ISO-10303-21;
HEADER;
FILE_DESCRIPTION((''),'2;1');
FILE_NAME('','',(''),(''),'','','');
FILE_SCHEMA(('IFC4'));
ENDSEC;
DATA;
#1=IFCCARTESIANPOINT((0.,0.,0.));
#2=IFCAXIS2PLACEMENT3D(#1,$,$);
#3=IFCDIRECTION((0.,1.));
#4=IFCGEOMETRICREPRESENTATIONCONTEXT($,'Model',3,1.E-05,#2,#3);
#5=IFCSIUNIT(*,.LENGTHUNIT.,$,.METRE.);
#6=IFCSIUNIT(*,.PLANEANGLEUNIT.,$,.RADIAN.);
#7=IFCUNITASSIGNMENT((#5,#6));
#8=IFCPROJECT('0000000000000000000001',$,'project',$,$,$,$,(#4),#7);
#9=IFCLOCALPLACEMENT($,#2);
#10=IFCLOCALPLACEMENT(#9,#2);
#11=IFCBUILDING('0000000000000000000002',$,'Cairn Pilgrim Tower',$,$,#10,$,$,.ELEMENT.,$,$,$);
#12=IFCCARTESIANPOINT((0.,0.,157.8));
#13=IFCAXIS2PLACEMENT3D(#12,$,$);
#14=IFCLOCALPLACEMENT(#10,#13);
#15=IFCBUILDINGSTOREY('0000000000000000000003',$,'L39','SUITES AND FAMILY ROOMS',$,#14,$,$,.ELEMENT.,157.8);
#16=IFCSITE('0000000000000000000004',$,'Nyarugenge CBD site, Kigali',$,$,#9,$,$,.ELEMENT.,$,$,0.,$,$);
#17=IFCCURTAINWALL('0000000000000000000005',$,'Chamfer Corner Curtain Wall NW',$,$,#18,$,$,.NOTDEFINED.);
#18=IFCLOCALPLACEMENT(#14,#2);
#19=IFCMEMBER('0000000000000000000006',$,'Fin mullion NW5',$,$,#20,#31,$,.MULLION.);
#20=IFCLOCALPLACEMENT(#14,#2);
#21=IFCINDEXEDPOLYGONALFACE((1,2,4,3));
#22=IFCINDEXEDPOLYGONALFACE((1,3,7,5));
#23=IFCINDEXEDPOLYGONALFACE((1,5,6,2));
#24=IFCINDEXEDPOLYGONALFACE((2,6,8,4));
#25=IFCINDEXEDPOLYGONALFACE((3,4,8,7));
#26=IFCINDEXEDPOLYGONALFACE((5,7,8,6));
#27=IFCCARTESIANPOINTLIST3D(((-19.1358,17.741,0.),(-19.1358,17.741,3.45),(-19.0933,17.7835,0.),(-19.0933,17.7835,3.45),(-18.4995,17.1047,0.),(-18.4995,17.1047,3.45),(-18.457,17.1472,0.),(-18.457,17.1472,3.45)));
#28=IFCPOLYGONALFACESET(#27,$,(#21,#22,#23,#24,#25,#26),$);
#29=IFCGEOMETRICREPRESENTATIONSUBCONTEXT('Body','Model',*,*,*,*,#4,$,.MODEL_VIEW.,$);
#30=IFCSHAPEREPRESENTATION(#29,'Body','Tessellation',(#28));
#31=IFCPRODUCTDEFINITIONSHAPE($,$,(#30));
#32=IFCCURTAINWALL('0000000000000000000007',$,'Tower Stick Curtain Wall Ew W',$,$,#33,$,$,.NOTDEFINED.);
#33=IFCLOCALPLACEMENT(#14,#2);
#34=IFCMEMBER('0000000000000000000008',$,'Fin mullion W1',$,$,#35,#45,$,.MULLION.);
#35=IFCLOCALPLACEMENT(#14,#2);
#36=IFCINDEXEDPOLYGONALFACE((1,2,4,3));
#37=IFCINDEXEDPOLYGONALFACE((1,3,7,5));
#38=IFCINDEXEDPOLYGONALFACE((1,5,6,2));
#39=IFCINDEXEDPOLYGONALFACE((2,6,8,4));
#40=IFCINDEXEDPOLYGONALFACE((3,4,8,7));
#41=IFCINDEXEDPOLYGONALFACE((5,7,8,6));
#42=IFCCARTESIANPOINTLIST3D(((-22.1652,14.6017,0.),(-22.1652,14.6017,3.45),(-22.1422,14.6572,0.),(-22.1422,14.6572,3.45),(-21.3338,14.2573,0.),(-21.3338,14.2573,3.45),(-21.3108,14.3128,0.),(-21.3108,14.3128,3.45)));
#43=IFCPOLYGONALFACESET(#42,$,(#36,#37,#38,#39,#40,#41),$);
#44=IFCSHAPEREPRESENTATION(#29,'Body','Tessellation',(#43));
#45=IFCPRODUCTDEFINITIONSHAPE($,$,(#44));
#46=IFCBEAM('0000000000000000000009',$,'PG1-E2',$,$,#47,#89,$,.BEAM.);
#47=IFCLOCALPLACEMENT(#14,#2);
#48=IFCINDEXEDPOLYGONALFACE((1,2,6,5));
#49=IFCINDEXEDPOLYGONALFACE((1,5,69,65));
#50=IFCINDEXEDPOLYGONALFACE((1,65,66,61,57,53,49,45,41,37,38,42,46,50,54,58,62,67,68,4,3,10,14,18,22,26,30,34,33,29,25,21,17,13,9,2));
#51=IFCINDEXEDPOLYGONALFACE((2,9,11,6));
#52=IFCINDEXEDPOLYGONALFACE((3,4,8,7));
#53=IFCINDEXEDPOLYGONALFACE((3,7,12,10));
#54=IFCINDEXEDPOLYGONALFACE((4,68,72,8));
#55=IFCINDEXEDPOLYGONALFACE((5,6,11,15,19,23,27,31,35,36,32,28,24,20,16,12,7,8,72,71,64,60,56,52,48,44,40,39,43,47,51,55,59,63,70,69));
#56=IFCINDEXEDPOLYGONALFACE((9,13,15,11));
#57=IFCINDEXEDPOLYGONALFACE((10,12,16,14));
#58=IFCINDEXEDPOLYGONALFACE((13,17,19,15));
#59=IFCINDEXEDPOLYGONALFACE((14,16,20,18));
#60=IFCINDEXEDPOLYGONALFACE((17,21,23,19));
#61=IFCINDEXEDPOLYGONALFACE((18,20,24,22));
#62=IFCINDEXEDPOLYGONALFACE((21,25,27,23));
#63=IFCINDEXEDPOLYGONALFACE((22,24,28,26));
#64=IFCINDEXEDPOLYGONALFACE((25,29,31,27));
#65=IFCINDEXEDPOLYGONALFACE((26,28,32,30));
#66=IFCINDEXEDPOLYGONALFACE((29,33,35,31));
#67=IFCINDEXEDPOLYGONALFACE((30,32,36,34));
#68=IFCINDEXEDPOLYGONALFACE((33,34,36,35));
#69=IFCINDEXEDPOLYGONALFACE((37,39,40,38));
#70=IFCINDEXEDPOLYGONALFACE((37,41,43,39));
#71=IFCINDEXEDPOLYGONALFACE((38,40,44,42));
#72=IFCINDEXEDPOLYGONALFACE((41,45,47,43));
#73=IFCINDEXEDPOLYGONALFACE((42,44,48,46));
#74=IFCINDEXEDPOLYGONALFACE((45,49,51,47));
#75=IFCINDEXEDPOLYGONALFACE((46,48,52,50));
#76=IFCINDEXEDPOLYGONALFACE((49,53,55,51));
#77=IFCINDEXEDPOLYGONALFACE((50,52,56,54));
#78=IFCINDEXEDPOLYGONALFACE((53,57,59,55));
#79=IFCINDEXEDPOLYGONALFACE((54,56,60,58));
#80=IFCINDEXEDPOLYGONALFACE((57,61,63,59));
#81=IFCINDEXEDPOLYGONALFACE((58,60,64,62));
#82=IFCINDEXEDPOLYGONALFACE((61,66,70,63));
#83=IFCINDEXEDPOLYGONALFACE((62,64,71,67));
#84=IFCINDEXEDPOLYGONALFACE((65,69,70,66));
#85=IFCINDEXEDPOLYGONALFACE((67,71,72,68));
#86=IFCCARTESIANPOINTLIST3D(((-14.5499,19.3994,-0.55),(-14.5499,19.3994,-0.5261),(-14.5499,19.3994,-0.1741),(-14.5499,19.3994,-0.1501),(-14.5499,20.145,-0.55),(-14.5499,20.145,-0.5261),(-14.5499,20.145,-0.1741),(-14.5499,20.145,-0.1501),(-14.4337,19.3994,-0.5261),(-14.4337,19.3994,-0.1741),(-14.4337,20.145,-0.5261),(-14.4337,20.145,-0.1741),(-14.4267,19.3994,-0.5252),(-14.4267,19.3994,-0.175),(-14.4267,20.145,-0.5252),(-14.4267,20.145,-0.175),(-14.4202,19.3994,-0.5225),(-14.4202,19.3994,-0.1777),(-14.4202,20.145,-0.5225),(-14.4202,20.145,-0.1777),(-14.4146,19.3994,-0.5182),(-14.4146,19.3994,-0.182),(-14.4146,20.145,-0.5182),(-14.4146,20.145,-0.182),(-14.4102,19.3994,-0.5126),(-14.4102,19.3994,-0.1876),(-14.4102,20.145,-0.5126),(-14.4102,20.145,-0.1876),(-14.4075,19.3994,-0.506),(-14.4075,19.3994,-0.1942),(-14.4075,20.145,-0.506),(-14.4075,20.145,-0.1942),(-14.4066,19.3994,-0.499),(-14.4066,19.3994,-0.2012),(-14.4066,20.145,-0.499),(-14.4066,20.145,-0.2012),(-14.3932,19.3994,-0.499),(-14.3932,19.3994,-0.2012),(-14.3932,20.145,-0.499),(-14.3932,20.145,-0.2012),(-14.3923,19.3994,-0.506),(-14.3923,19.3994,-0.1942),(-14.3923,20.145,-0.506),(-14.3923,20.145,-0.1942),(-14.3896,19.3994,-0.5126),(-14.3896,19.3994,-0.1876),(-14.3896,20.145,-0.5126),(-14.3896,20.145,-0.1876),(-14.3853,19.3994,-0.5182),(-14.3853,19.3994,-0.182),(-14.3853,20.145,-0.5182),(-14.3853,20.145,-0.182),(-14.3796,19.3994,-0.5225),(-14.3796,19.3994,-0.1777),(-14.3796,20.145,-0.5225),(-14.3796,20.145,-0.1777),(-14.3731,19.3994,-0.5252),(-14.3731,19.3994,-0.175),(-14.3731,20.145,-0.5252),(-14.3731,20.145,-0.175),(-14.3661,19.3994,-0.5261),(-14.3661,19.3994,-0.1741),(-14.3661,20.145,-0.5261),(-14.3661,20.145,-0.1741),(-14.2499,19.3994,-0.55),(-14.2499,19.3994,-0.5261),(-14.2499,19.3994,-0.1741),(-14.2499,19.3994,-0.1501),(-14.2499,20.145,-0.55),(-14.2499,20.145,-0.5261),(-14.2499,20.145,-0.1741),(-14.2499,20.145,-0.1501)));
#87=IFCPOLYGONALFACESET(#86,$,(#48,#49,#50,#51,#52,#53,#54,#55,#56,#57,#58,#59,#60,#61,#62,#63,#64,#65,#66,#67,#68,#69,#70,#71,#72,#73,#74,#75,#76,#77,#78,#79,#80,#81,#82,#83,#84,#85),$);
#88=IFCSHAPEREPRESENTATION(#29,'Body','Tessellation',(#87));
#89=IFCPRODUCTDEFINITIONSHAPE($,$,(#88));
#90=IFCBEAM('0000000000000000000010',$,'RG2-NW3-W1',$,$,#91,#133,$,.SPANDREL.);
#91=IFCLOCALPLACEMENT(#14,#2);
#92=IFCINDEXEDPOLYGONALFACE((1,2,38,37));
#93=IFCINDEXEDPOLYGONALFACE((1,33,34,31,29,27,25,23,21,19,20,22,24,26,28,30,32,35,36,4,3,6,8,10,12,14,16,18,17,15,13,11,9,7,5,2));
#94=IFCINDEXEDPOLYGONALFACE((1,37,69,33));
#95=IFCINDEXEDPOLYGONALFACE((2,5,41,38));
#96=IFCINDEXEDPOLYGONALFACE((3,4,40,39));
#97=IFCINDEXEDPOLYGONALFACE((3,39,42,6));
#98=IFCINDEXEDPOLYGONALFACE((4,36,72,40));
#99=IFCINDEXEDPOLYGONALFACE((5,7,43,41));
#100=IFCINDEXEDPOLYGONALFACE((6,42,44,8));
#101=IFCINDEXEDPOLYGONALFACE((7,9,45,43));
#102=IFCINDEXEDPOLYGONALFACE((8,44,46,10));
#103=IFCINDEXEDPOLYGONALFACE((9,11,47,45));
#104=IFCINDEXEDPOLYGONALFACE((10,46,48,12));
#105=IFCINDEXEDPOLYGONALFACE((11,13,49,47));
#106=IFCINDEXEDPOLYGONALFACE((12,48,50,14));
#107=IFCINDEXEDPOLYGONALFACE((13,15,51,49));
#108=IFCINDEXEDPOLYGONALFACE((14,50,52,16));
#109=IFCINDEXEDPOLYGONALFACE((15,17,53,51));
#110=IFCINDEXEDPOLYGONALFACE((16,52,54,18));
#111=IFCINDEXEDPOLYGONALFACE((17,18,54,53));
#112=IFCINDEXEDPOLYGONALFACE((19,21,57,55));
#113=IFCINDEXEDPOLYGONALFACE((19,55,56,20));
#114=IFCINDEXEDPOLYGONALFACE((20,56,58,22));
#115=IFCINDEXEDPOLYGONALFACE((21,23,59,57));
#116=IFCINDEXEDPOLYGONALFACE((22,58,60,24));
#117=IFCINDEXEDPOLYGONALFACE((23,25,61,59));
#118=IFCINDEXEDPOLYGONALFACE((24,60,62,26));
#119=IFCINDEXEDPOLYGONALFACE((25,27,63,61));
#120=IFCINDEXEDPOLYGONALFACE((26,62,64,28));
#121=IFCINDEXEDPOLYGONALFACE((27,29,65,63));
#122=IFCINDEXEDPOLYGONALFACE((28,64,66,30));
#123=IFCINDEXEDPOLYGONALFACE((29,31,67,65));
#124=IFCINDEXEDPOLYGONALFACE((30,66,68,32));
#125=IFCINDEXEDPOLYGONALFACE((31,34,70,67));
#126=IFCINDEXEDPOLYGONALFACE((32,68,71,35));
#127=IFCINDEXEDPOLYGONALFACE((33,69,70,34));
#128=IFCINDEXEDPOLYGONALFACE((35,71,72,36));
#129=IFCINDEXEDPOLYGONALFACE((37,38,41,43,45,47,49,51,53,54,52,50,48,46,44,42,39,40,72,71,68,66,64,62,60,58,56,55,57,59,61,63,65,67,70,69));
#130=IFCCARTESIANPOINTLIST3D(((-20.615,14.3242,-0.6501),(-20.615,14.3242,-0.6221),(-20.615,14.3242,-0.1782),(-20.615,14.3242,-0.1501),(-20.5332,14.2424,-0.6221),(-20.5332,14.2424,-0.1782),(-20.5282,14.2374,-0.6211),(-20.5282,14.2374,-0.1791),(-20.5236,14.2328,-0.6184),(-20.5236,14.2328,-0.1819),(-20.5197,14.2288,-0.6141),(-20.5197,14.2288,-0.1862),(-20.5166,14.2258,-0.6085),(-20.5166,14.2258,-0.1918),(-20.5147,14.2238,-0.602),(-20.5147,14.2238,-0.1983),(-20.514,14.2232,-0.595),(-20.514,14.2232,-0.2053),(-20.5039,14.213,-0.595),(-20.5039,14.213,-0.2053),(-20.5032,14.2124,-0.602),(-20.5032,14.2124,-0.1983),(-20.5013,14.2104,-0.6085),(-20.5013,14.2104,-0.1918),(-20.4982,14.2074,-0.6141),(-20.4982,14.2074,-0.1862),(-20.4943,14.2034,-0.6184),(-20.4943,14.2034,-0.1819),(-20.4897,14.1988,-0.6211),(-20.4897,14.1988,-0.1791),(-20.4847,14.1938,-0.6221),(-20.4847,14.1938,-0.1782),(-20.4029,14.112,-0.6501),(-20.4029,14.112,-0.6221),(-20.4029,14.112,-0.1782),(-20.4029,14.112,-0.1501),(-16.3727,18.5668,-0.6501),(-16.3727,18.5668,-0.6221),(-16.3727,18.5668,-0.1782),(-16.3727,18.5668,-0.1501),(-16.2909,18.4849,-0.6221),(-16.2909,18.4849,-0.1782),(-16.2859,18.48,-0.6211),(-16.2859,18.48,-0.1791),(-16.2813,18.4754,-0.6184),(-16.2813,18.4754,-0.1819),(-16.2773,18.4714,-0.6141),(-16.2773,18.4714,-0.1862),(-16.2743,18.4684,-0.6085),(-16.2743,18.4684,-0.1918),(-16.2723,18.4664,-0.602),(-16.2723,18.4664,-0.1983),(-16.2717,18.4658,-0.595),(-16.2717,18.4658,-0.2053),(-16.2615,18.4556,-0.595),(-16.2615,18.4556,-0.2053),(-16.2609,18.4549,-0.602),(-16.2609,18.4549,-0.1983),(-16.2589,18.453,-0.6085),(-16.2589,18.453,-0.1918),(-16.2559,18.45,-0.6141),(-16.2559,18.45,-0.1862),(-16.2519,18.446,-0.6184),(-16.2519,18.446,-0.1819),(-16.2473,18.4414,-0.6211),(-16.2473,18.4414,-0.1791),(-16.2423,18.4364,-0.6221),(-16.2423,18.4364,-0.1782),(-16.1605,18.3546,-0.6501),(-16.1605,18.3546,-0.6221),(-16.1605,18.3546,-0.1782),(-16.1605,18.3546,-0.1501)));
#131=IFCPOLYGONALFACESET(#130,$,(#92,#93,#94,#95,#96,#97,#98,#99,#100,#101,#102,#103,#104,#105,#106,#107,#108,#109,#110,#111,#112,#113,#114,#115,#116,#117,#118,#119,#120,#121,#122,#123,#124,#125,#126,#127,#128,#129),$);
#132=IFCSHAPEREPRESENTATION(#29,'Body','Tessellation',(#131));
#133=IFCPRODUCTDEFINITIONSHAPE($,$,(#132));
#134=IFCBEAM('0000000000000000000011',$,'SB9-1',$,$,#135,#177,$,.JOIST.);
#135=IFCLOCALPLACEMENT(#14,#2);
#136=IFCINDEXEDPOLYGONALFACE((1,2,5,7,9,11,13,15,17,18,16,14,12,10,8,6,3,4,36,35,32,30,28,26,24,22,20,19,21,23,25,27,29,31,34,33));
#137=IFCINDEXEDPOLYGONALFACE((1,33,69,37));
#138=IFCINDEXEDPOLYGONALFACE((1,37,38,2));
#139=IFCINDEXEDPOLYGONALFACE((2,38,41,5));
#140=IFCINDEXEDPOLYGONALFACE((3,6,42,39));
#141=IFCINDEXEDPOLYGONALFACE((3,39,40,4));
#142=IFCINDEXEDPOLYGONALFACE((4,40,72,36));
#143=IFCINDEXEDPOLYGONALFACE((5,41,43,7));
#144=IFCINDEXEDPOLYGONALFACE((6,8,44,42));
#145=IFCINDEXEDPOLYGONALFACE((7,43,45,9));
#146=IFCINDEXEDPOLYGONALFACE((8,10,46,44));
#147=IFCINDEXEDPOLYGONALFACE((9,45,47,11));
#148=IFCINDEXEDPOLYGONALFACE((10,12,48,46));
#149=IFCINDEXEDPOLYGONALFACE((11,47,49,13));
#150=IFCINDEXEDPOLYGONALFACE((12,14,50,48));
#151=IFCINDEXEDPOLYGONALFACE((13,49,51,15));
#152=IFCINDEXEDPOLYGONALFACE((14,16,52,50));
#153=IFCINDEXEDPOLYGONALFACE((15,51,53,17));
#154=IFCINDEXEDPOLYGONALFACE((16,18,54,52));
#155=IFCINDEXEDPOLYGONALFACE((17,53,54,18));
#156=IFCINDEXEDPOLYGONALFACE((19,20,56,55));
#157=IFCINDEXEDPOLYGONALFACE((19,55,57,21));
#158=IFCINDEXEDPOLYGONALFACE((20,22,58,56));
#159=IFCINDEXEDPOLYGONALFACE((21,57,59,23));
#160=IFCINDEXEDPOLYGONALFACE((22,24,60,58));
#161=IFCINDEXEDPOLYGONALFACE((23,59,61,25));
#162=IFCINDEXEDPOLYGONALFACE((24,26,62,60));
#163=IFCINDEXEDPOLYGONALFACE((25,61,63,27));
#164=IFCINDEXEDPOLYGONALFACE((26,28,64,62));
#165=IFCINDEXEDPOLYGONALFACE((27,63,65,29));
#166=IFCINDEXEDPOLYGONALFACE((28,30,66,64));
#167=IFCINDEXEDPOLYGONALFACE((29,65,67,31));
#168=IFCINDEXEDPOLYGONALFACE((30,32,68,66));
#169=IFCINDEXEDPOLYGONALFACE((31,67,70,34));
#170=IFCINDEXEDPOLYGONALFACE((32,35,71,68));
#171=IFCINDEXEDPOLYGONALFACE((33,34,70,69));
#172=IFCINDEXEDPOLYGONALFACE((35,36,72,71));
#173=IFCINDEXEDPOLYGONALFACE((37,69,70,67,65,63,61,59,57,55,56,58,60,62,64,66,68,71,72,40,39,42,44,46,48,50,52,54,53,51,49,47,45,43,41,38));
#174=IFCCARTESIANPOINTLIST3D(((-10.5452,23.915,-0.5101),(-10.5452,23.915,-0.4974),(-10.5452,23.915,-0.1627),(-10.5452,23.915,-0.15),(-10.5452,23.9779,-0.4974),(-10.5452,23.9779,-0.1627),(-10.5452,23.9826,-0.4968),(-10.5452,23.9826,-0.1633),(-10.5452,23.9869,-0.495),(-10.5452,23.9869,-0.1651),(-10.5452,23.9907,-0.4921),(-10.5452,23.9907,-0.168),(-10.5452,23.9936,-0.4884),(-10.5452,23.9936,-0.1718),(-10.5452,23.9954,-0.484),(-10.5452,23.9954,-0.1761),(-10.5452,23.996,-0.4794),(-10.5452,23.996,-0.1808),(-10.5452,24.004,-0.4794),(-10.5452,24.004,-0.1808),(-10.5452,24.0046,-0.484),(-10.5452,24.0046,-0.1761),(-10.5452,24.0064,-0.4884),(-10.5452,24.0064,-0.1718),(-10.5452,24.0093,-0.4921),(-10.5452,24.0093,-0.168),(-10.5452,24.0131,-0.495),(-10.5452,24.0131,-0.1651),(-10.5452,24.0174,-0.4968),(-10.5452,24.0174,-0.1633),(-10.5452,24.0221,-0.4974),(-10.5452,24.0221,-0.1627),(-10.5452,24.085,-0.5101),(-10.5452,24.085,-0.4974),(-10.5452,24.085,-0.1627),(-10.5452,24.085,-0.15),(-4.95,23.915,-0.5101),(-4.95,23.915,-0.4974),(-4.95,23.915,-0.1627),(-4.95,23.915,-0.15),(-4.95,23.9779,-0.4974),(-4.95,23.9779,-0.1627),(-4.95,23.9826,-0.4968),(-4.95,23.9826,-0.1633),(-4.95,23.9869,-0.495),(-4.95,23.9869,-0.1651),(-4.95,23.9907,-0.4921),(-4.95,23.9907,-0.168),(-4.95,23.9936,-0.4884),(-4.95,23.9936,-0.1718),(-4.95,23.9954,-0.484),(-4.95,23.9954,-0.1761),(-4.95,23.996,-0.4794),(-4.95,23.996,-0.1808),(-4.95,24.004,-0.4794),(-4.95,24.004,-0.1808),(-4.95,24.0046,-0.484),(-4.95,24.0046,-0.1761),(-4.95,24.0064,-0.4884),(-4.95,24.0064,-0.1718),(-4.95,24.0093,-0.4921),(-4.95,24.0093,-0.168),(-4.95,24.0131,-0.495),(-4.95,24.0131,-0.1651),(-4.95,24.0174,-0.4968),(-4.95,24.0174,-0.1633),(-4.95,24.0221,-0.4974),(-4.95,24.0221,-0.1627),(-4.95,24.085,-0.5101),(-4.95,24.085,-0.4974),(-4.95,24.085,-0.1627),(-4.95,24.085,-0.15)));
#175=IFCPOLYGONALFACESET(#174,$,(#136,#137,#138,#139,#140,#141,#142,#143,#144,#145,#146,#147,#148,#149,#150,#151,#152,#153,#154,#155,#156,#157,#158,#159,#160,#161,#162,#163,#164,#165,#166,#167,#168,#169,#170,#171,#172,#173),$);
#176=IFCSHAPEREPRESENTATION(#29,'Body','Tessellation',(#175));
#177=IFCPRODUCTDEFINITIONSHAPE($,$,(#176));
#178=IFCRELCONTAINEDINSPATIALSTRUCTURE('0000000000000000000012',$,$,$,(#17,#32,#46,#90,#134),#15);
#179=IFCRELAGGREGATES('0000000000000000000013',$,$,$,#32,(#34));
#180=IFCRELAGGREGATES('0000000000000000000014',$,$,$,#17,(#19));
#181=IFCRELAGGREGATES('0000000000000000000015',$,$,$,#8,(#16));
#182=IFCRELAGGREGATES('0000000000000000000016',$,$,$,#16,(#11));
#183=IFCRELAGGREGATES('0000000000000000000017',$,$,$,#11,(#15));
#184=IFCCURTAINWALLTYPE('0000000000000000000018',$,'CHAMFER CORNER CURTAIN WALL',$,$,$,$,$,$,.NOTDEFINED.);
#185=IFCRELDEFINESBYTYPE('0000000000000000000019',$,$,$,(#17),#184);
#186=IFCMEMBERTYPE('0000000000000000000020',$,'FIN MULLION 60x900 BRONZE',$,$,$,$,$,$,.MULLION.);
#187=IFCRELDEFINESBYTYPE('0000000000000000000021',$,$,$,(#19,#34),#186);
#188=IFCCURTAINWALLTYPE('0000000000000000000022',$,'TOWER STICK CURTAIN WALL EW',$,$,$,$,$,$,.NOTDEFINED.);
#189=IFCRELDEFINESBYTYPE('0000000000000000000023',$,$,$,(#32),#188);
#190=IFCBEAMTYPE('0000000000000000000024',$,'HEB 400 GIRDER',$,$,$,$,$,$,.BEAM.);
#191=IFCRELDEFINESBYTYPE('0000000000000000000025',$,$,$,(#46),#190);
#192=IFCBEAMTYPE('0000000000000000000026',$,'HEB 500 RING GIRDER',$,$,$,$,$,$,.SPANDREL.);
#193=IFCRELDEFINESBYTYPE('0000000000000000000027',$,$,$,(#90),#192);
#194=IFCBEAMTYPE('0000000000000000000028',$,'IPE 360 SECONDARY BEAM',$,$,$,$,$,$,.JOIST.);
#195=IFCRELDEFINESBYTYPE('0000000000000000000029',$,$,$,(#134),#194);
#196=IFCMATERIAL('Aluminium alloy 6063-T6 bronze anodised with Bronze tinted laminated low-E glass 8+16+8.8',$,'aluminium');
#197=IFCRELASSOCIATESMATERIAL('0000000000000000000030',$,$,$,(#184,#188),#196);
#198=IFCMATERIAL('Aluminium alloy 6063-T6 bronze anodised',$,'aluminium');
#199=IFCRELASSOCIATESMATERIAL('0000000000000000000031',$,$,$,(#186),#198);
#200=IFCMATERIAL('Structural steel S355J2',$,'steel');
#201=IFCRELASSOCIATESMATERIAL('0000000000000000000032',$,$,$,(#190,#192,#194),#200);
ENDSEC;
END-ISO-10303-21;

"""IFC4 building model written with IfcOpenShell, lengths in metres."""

from ifc_helpers import new_model, si_unit, direction, frame, origin, origin_2d, place, context, subcontext, project, spatial, rectangle, i_section, extrude, material, material_profile, profile_set, type_object, element, aggregate, save


model = new_model("IFC4")

# Units and contexts
model_context = context("Model", 3, precision=1e-05, world=origin(), true_north=direction((0.0, 1.0)))
body_context = subcontext(model_context, "Body", "Model", "MODEL_VIEW")
ifc_project = project(units=[si_unit("LENGTHUNIT", "METRE"), si_unit("PLANEANGLEUNIT", "RADIAN")], contexts=[model_context])

# Site, building, storey
site_placement = place(None, origin())
site = spatial("IfcSite", under=ifc_project, at=site_placement, Name="Nyarugenge CBD site, Kigali", CompositionType="ELEMENT", RefElevation=0.0)
building_placement = place(site_placement, origin())
building = spatial("IfcBuilding", under=site, at=building_placement, Name="Cairn Pilgrim Tower", CompositionType="ELEMENT")
storey_placement = place(building_placement, frame((0.0, 0.0, 157.8)))
storey = spatial("IfcBuildingStorey", under=building, at=storey_placement, Name="L39", Description="SUITES AND FAMILY ROOMS", CompositionType="ELEMENT", Elevation=157.8)

# Shared definitions
ifc_material_1 = material(Name="Structural steel S355J2", Category="steel")

# Curtain wall, member
ifc_material_2 = material(Name="Aluminium alloy 6063-T6 bronze anodised with Bronze tinted laminated low-E glass 8+16+8.8", Category="aluminium")
curtain_wall_type_1 = type_object("IfcCurtainWallType", Name="CHAMFER CORNER CURTAIN WALL", PredefinedType="NOTDEFINED", material=ifc_material_2)
curtain_wall_1_placement = place(storey_placement, origin())
curtain_wall_1 = element("IfcCurtainWall", 1, at=curtain_wall_1_placement, inside=storey, type_object=curtain_wall_type_1, Name="Chamfer Corner Curtain Wall NW", PredefinedType="NOTDEFINED")
ifc_material_3 = material(Name="Aluminium alloy 6063-T6 bronze anodised", Category="aluminium")
ifc_material_profile_1 = material_profile(ifc_material_3, rectangle(XDim=0.8999, YDim=0.0601, at=origin_2d()), Name="FIN MULLION 60x900 BRONZE")
ifc_profile_set_1 = profile_set([ifc_material_profile_1], Name="Aluminium alloy 6063-T6 bronze anodised")
member_type_1 = type_object("IfcMemberType", Name="FIN MULLION 60x900 BRONZE", PredefinedType="MULLION", material=ifc_profile_set_1)
member_1_placement = place(storey_placement, frame((-18.7964, 17.4441, 0.0), z_axis=(0.0, 0.0, 1.0), x_axis=(-0.707107, 0.707107, 0.0)))
member_1 = element("IfcMember", 2, at=member_1_placement, type_object=member_type_1, Name="Fin mullion NW5", PredefinedType="MULLION", context=body_context, shape_type="SweptSolid", body=[
    extrude(rectangle(XDim=0.8999, YDim=0.0601, at=origin_2d()), origin(), (0.0, 0.0, 1.0), 3.45),
])

# Curtain wall, member
curtain_wall_type_2 = type_object("IfcCurtainWallType", Name="TOWER STICK CURTAIN WALL EW", PredefinedType="NOTDEFINED", material=ifc_material_2)
curtain_wall_2_placement = place(storey_placement, origin())
curtain_wall_2 = element("IfcCurtainWall", 3, at=curtain_wall_2_placement, inside=storey, type_object=curtain_wall_type_2, Name="Tower Stick Curtain Wall Ew W", PredefinedType="NOTDEFINED")
member_2_placement = place(storey_placement, frame((-21.738, 14.4573, 0.0), z_axis=(0.0, 0.0, 1.0), x_axis=(-0.92388, 0.382683, 0.0)))
member_2 = element("IfcMember", 4, at=member_2_placement, type_object=member_type_1, Name="Fin mullion W1", PredefinedType="MULLION", context=body_context, shape_type="SweptSolid", body=[
    extrude(rectangle(XDim=0.8999, YDim=0.0601, at=origin_2d()), origin(), (0.0, 0.0, 1.0), 3.45),
])
aggregate(curtain_wall_2, [member_2])

# Beams
ifc_material_profile_2 = material_profile(ifc_material_1, i_section(OverallWidth=0.3, OverallDepth=0.3999, WebThickness=0.0134, FlangeThickness=0.0239, FilletRadius=0.0271, at=origin_2d()), Name="HEB 400")
ifc_profile_set_2 = profile_set([ifc_material_profile_2], Name="Structural steel S355J2")
beam_type_1 = type_object("IfcBeamType", Name="HEB 400 GIRDER", PredefinedType="BEAM", material=ifc_profile_set_2)
beam_1_placement = place(storey_placement, frame((-14.3999, 19.3994, -0.3501), z_axis=(0.0, 1.0, 0.0), x_axis=(-1.0, 0.0, 0.0)))
element("IfcBeam", 5, at=beam_1_placement, inside=storey, type_object=beam_type_1, Name="PG1-E2", PredefinedType="BEAM", context=body_context, shape_type="SweptSolid", body=[
    extrude(i_section(OverallWidth=0.3, OverallDepth=0.3999, WebThickness=0.0134, FlangeThickness=0.0239, FilletRadius=0.0271, at=origin_2d()), origin(), (0.0, 0.0, 1.0), 0.7456),
])
ifc_material_profile_3 = material_profile(ifc_material_1, i_section(OverallWidth=0.3, OverallDepth=0.5, WebThickness=0.0144, FlangeThickness=0.0281, FilletRadius=0.0271, at=origin_2d()), Name="HEB 500")
ifc_profile_set_3 = profile_set([ifc_material_profile_3], Name="Structural steel S355J2")
beam_type_2 = type_object("IfcBeamType", Name="HEB 500 RING GIRDER", PredefinedType="SPANDREL", material=ifc_profile_set_3)
beam_2_placement = place(storey_placement, frame((-16.2666, 18.4607, -0.4001), z_axis=(-0.707086, -0.707127, 0.0), x_axis=(0.707127, -0.707086, 0.0)))
element("IfcBeam", 6, at=beam_2_placement, inside=storey, type_object=beam_type_2, Name="RG2-NW3-W1", PredefinedType="SPANDREL", context=body_context, shape_type="SweptSolid", body=[
    extrude(i_section(OverallWidth=0.3, OverallDepth=0.5, WebThickness=0.0144, FlangeThickness=0.0281, FilletRadius=0.0271, at=origin_2d()), origin(), (0.0, 0.0, 1.0), 5.9998),
])
ifc_material_profile_4 = material_profile(ifc_material_1, i_section(OverallWidth=0.1699, OverallDepth=0.3601, WebThickness=0.0081, FlangeThickness=0.0127, FilletRadius=0.0181, at=origin_2d()), Name="IPE 360")
ifc_profile_set_4 = profile_set([ifc_material_profile_4], Name="Structural steel S355J2")
beam_type_3 = type_object("IfcBeamType", Name="IPE 360 SECONDARY BEAM", PredefinedType="JOIST", material=ifc_profile_set_4)
beam_3_placement = place(storey_placement, frame((-10.5452, 24.0, -0.3301), z_axis=(1.0, 0.0, 0.0), x_axis=(0.0, 1.0, 0.0)))
element("IfcBeam", 7, at=beam_3_placement, inside=storey, type_object=beam_type_3, Name="SB9-1", PredefinedType="JOIST", context=body_context, shape_type="SweptSolid", body=[
    extrude(i_section(OverallWidth=0.1699, OverallDepth=0.3601, WebThickness=0.0081, FlangeThickness=0.0127, FilletRadius=0.0181, at=origin_2d()), origin(), (0.0, 0.0, 1.0), 5.5952),
])

aggregate(curtain_wall_1, [member_1])

save(model, "model.ifc")
